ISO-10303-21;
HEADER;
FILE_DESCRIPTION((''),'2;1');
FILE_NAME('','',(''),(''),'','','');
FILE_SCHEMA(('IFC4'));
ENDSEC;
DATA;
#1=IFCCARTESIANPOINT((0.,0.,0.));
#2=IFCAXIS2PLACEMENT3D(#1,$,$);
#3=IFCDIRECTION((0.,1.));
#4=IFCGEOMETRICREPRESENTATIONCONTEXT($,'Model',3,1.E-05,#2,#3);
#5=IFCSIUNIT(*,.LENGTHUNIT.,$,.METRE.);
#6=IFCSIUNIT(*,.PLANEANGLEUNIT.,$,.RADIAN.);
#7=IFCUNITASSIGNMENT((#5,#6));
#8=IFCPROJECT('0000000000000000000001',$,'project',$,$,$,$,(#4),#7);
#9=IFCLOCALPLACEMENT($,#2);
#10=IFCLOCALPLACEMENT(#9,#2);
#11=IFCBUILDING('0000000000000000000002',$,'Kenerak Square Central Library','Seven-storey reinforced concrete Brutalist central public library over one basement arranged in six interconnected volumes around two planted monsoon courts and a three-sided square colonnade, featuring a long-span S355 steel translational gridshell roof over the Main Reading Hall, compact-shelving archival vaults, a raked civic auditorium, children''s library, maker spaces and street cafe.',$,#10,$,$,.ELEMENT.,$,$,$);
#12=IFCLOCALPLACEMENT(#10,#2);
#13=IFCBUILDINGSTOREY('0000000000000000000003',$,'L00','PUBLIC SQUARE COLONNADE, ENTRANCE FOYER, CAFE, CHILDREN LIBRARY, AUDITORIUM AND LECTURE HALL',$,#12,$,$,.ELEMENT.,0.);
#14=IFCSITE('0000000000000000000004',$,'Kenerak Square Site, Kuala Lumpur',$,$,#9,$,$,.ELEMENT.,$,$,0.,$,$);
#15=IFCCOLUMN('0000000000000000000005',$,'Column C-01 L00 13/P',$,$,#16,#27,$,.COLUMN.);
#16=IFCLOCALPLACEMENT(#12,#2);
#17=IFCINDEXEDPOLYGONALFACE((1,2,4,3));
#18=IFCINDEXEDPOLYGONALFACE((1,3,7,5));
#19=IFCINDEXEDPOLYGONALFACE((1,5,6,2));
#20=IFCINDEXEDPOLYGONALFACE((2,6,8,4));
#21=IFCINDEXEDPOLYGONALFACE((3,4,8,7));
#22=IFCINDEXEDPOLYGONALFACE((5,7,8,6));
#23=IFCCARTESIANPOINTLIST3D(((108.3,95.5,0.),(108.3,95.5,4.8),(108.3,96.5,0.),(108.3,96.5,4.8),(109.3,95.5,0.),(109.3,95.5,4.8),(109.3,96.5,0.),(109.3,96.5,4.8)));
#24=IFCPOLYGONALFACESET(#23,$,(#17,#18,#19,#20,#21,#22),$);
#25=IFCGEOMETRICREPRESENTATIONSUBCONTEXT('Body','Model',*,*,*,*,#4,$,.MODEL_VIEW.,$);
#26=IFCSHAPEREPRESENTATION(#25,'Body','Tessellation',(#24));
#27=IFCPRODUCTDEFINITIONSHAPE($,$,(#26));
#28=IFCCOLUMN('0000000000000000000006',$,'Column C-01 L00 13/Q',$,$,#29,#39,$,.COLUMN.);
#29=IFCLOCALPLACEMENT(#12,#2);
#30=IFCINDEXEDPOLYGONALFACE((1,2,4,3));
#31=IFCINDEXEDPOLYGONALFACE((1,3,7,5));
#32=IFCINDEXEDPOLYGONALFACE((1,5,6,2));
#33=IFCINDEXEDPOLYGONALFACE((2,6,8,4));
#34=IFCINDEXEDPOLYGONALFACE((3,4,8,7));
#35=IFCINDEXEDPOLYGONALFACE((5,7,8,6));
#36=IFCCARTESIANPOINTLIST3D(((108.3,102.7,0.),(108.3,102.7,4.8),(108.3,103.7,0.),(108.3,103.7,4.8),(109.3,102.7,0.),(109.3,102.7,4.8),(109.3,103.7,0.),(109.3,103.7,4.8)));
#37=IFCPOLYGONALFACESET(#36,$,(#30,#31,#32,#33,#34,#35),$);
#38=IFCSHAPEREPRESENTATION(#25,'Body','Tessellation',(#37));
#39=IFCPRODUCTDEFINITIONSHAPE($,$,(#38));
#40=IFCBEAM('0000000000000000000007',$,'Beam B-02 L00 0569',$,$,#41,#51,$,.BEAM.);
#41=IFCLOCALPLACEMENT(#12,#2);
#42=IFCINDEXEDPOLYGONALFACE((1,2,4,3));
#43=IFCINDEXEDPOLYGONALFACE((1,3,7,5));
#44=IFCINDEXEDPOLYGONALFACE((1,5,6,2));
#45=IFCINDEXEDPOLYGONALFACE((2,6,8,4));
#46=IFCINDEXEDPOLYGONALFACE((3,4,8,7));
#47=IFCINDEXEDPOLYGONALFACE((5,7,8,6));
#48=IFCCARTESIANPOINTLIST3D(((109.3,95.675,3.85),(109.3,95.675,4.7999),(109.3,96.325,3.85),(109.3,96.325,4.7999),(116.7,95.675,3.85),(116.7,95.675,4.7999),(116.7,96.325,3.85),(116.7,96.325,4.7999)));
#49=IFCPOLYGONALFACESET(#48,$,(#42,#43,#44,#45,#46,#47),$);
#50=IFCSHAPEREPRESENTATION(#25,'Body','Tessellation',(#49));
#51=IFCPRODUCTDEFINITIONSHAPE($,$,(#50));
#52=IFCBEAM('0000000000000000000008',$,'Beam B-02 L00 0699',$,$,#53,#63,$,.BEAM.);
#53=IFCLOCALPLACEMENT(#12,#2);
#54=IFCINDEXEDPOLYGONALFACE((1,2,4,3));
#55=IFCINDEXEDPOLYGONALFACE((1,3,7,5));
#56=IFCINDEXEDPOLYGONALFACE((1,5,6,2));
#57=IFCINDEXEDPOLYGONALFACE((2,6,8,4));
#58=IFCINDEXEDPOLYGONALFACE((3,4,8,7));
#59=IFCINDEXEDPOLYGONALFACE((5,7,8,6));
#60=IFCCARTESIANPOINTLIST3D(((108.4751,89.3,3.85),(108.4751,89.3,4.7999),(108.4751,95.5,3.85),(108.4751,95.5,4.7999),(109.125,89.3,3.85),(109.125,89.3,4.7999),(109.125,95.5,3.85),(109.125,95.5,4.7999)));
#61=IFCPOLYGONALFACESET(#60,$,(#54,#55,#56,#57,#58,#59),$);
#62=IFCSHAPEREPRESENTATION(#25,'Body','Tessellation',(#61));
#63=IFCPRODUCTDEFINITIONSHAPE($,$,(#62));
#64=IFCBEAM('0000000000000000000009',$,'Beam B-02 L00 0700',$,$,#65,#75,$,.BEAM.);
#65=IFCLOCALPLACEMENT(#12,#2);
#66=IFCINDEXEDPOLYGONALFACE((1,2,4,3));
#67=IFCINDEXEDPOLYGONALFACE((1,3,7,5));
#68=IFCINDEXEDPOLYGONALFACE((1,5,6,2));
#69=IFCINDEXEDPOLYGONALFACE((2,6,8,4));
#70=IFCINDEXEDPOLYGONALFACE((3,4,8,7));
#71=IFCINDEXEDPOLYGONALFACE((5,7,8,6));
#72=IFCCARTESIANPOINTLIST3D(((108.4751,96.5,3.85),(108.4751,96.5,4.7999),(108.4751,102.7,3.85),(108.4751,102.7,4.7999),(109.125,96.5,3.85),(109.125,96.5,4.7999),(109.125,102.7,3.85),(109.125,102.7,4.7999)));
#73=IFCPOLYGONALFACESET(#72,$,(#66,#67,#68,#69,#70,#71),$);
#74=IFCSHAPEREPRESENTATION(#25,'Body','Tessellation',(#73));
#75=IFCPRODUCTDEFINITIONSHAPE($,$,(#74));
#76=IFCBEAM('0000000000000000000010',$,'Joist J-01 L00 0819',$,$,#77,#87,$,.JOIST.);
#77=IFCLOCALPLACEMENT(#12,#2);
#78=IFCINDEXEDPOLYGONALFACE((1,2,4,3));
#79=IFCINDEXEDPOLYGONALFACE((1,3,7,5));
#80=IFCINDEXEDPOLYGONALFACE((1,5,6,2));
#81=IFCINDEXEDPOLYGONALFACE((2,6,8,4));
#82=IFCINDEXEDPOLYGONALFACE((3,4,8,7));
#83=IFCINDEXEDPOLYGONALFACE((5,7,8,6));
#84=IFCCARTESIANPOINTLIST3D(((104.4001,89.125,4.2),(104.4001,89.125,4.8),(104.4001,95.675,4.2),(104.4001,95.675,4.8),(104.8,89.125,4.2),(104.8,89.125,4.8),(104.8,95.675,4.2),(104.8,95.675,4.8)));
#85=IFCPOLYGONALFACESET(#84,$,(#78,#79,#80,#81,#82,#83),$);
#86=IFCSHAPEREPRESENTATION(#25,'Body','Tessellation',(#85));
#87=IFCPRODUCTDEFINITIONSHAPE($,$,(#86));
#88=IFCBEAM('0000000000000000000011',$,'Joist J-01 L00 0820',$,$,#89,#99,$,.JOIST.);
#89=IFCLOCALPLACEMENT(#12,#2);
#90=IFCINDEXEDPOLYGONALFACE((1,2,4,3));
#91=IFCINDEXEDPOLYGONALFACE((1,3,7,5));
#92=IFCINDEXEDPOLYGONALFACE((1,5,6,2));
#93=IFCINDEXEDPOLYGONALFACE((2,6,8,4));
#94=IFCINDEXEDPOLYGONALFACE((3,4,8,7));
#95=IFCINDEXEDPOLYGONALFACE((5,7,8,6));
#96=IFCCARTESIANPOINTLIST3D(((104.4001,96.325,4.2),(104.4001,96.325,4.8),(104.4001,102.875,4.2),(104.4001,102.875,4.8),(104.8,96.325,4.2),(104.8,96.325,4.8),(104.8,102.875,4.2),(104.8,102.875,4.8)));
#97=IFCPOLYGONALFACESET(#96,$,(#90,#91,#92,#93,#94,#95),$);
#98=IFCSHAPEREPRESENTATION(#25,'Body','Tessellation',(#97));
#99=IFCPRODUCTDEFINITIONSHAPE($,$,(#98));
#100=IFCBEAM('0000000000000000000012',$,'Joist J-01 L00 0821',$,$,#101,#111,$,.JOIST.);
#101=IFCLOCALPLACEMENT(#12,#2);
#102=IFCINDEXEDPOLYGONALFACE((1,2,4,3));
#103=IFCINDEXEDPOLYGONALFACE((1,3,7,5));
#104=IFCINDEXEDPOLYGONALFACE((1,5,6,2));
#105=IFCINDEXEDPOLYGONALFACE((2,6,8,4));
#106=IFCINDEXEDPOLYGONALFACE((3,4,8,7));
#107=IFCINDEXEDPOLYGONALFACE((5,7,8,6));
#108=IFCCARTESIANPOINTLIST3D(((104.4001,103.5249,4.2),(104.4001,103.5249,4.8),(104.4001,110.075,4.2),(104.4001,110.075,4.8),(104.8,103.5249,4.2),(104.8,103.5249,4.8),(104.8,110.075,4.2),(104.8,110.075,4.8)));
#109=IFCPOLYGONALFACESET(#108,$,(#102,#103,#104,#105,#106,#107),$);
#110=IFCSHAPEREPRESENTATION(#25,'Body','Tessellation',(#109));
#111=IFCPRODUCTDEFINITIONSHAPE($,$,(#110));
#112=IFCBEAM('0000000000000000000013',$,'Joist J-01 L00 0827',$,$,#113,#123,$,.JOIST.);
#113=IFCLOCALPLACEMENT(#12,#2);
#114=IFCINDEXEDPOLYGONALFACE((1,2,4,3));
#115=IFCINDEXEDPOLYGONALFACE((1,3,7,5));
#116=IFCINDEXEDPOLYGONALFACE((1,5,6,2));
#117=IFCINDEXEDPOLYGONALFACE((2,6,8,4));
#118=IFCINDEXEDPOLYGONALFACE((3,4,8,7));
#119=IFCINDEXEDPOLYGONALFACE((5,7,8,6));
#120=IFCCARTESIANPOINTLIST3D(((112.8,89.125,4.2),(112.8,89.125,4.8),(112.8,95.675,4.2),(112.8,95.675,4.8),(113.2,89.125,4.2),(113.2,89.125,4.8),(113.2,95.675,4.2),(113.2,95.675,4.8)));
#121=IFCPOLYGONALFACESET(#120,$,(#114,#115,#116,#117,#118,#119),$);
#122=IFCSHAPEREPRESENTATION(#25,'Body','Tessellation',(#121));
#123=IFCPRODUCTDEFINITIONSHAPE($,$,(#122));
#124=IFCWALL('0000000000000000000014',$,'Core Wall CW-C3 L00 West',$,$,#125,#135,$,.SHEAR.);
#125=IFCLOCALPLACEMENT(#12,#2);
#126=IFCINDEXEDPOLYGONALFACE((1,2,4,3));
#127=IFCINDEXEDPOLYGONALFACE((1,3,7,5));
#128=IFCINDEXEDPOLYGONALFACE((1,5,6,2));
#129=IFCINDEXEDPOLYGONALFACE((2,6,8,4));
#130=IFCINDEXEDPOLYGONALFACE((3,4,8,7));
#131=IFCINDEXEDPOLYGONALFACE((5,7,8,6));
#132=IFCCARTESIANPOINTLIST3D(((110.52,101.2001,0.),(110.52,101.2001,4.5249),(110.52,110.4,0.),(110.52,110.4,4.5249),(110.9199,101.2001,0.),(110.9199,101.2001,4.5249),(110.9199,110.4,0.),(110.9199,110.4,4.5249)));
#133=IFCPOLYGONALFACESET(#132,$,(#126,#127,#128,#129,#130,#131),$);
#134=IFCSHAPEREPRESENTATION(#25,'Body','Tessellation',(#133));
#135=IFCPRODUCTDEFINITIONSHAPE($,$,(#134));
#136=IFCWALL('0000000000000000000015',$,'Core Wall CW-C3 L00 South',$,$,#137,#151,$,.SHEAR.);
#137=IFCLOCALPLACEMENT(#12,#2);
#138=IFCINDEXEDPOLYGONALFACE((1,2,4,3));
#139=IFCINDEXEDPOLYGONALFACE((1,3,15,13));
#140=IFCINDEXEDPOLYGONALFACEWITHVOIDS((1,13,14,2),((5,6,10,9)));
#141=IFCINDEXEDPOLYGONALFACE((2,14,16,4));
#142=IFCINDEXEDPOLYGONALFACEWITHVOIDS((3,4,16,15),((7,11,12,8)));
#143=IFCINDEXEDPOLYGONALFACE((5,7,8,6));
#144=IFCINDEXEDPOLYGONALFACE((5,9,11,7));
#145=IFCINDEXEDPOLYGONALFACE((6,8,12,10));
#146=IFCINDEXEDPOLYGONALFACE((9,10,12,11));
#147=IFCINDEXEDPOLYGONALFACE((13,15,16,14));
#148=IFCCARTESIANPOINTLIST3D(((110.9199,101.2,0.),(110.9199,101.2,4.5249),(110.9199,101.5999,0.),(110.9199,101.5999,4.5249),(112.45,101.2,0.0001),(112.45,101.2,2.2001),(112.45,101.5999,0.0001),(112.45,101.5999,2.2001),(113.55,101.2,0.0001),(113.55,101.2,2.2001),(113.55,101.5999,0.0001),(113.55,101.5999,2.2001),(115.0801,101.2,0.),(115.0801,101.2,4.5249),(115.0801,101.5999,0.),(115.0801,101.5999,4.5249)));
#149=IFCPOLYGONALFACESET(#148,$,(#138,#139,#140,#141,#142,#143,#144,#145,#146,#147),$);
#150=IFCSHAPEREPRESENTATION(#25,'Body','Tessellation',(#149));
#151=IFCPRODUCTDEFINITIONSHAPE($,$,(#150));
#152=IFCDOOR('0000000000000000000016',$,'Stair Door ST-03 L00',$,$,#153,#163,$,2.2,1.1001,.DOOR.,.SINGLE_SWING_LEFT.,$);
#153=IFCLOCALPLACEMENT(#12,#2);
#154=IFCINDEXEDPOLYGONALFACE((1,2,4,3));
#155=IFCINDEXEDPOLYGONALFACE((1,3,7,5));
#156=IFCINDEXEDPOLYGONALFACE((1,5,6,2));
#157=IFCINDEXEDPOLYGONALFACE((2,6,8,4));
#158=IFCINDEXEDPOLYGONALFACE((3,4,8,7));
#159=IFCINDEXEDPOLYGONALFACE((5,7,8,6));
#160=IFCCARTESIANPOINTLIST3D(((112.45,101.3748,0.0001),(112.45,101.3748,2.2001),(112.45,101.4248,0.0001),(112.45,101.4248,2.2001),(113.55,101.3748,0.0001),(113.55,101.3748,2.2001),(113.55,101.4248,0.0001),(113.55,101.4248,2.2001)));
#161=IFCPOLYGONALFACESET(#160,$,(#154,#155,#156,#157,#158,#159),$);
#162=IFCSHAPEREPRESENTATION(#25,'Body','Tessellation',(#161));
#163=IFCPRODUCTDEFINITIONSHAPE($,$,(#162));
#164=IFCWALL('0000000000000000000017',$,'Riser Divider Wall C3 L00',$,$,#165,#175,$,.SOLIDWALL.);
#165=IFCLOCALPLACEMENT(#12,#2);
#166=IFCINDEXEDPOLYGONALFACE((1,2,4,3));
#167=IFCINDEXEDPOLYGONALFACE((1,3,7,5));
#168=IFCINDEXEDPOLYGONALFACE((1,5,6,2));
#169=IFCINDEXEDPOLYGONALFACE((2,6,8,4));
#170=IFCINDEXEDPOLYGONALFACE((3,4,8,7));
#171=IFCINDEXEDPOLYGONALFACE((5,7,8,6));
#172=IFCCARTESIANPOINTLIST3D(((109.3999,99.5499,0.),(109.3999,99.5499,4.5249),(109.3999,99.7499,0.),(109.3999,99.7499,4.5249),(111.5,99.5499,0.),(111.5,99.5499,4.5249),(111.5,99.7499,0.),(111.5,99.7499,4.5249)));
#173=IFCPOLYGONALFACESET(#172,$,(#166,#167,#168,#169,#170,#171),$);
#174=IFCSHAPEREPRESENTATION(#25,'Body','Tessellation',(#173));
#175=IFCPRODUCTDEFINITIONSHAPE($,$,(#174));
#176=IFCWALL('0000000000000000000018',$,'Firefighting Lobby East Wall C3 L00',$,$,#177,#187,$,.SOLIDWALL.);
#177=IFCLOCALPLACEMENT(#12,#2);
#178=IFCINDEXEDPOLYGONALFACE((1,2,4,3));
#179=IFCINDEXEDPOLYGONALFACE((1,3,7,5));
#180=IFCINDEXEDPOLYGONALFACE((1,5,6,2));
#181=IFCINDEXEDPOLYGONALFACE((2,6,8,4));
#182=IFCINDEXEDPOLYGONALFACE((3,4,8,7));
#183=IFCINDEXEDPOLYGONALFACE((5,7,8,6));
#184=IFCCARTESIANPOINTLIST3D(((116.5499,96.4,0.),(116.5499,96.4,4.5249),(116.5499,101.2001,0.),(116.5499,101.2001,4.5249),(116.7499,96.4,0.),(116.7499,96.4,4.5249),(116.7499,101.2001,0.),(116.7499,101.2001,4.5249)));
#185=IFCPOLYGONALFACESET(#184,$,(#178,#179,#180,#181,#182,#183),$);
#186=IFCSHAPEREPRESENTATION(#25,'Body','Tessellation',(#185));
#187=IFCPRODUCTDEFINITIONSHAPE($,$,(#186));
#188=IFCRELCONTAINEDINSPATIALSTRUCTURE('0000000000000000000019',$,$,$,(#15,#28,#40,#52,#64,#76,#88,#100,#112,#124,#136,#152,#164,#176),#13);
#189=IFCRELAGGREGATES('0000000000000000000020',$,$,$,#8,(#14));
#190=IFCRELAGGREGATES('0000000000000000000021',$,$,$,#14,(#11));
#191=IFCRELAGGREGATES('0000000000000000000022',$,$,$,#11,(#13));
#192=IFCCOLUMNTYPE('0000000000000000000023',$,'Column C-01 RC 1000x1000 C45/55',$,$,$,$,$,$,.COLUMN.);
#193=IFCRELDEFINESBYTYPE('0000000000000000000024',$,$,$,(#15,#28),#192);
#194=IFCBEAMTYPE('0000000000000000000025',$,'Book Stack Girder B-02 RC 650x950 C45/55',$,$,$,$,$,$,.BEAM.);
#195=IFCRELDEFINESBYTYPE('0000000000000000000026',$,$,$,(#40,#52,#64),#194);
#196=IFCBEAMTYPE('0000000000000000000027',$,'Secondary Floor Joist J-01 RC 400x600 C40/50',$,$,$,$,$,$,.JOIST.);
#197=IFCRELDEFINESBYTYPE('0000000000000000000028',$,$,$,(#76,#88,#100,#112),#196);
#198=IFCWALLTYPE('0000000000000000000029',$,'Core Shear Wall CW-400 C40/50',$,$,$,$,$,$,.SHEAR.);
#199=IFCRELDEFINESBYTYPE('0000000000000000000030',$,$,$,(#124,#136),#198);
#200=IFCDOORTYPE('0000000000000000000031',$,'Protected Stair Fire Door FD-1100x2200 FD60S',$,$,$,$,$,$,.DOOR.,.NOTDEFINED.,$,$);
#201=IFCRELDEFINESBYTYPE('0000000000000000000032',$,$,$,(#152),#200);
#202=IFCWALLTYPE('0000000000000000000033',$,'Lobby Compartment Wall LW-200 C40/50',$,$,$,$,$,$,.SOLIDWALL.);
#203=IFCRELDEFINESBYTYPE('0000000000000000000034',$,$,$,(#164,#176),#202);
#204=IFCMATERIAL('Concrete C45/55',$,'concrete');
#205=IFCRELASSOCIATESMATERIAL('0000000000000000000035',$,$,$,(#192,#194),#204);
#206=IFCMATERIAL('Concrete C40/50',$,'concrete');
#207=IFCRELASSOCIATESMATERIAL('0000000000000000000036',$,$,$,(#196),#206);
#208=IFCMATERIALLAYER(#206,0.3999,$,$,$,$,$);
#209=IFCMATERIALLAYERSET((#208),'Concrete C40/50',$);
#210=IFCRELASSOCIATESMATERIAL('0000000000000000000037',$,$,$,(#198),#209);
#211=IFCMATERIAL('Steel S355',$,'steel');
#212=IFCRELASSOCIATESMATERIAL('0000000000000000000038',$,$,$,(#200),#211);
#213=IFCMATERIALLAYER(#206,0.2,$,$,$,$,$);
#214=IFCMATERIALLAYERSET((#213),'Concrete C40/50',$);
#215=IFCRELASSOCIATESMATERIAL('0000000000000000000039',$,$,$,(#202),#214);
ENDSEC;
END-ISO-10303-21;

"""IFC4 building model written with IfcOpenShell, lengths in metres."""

from ifc_helpers import new_model, si_unit, direction, frame, frame_2d, origin, origin_2d, place, context, subcontext, project, spatial, rectangle, extrude, material, layer, layer_set, material_profile, profile_set, type_object, element, fill, save


model = new_model("IFC4")

# Units and contexts
model_context = context("Model", 3, precision=1e-05, world=origin(), true_north=direction((0.0, 1.0)))
body_context = subcontext(model_context, "Body", "Model", "MODEL_VIEW")
ifc_project = project(units=[si_unit("LENGTHUNIT", "METRE"), si_unit("PLANEANGLEUNIT", "RADIAN")], contexts=[model_context])

# Site, building, storey
site_placement = place(None, origin())
site = spatial("IfcSite", under=ifc_project, at=site_placement, Name="Kenerak Square Site, Kuala Lumpur", CompositionType="ELEMENT", RefElevation=0.0)
building_placement = place(site_placement, origin())
building = spatial("IfcBuilding", under=site, at=building_placement, Name="Kenerak Square Central Library", Description="Seven-storey reinforced concrete Brutalist central public library over one basement arranged in six interconnected volumes around two planted monsoon courts and a three-sided square colonnade, featuring a long-span S355 steel translational gridshell roof over the Main Reading Hall, compact-shelving archival vaults, a raked civic auditorium, children's library, maker spaces and street cafe.", CompositionType="ELEMENT")
storey_placement = place(building_placement, origin())
storey = spatial("IfcBuildingStorey", under=building, at=storey_placement, Name="L00", Description="PUBLIC SQUARE COLONNADE, ENTRANCE FOYER, CAFE, CHILDREN LIBRARY, AUDITORIUM AND LECTURE HALL", CompositionType="ELEMENT", Elevation=0.0)

# Columns
ifc_material_1 = material(Name="Concrete C45/55", Category="concrete")
ifc_material_profile_1 = material_profile(ifc_material_1, rectangle(XDim=1.0, YDim=1.0, at=origin_2d()), Name="RC 1000x1000")
ifc_profile_set_1 = profile_set([ifc_material_profile_1], Name="Concrete C45/55")
column_type = type_object("IfcColumnType", Name="Column C-01 RC 1000x1000 C45/55", PredefinedType="COLUMN", material=ifc_profile_set_1)
for number, where, z_axis, x_axis, name in (
    (1, (108.8, 96.0, 0.0), (0.0, 0.0, 1.0), (1.0, 0.0, 0.0), "Column C-01 L00 13/P"),
    (2, (108.8, 103.2, 0.0), (0.0, 0.0, 1.0), (1.0, 0.0, 0.0), "Column C-01 L00 13/Q"),
):
    element("IfcColumn", number, at=place(storey_placement, frame(where, z_axis=z_axis, x_axis=x_axis)), inside=storey, type_object=column_type, Name=name, PredefinedType="COLUMN", context=body_context, shape_type="SweptSolid", body=[
        extrude(rectangle(XDim=1.0, YDim=1.0, at=origin_2d()), origin(), (0.0, 0.0, 1.0), 4.8),
    ])

# Beams
ifc_material_profile_2 = material_profile(ifc_material_1, rectangle(XDim=0.6499, YDim=0.95, at=origin_2d()), Name="RC 650x950")
ifc_profile_set_2 = profile_set([ifc_material_profile_2], Name="Concrete C45/55")
beam_type_1 = type_object("IfcBeamType", Name="Book Stack Girder B-02 RC 650x950 C45/55", PredefinedType="BEAM", material=ifc_profile_set_2)
beam_placement = place(storey_placement, frame((109.3, 96.0, 4.325), z_axis=(1.0, 0.0, 0.0), x_axis=(0.0, 1.0, 0.0)))
element("IfcBeam", 3, at=beam_placement, inside=storey, type_object=beam_type_1, Name="Beam B-02 L00 0569", PredefinedType="BEAM", context=body_context, shape_type="SweptSolid", body=[
    extrude(rectangle(XDim=0.6499, YDim=0.95, at=origin_2d()), origin(), (0.0, 0.0, 1.0), 7.3999),
])
for number, where, z_axis, x_axis, name in (
    (4, (108.8, 89.3, 4.325), (0.0, 1.0, 0.0), (-1.0, 0.0, 0.0), "Beam B-02 L00 0699"),
    (5, (108.8, 96.5, 4.325), (0.0, 1.0, 0.0), (-1.0, 0.0, 0.0), "Beam B-02 L00 0700"),
):
    element("IfcBeam", number, at=place(storey_placement, frame(where, z_axis=z_axis, x_axis=x_axis)), inside=storey, type_object=beam_type_1, Name=name, PredefinedType="BEAM", context=body_context, shape_type="SweptSolid", body=[
        extrude(rectangle(XDim=0.6499, YDim=0.95, at=origin_2d()), origin(), (0.0, 0.0, 1.0), 6.2),
    ])
ifc_material_2 = material(Name="Concrete C40/50", Category="concrete")
ifc_material_profile_3 = material_profile(ifc_material_2, rectangle(XDim=0.3999, YDim=0.6001, at=origin_2d()), Name="RC 400x600")
ifc_profile_set_3 = profile_set([ifc_material_profile_3], Name="Concrete C40/50")
beam_type_2 = type_object("IfcBeamType", Name="Secondary Floor Joist J-01 RC 400x600 C40/50", PredefinedType="JOIST", material=ifc_profile_set_3)
for number, where, z_axis, x_axis, name in (
    (6, (104.6001, 89.125, 4.5), (0.0, 1.0, 0.0), (-1.0, 0.0, 0.0), "Joist J-01 L00 0819"),
    (7, (104.6001, 96.325, 4.5), (0.0, 1.0, 0.0), (-1.0, 0.0, 0.0), "Joist J-01 L00 0820"),
    (8, (104.6001, 103.5249, 4.5), (0.0, 1.0, 0.0), (-1.0, 0.0, 0.0), "Joist J-01 L00 0821"),
    (9, (113.0, 89.125, 4.5), (0.0, 1.0, 0.0), (-1.0, 0.0, 0.0), "Joist J-01 L00 0827"),
):
    element("IfcBeam", number, at=place(storey_placement, frame(where, z_axis=z_axis, x_axis=x_axis)), inside=storey, type_object=beam_type_2, Name=name, PredefinedType="JOIST", context=body_context, shape_type="SweptSolid", body=[
        extrude(rectangle(XDim=0.3999, YDim=0.6001, at=origin_2d()), origin(), (0.0, 0.0, 1.0), 6.55),
    ])

# Wall
ifc_layer_1 = layer(ifc_material_2, 0.3999)
ifc_layer_set_1 = layer_set([ifc_layer_1], Name="Concrete C40/50")
wall_type_1 = type_object("IfcWallType", Name="Core Shear Wall CW-400 C40/50", PredefinedType="SHEAR", material=ifc_layer_set_1)
wall_1_placement = place(storey_placement, frame((110.72, 101.2, 0.0), z_axis=(0.0, 0.0, 1.0), x_axis=(0.0, 1.0, 0.0)))
element("IfcWall", 10, at=wall_1_placement, inside=storey, type_object=wall_type_1, Name="Core Wall CW-C3 L00 West", PredefinedType="SHEAR", context=body_context, shape_type="SweptSolid", body=[
    extrude(rectangle(XDim=9.2, YDim=0.3999, at=frame_2d((4.6001, 0.0))), origin(), (0.0, 0.0, 1.0), 4.5249),
])

# Wall, opening, door
wall_2_placement = place(storey_placement, frame((115.0801, 101.3999, 0.0), z_axis=(0.0, 0.0, 1.0), x_axis=(-1.0, 0.0, 0.0)))
wall_2 = element("IfcWall", 11, at=wall_2_placement, inside=storey, type_object=wall_type_1, Name="Core Wall CW-C3 L00 South", PredefinedType="SHEAR", context=body_context, shape_type="SweptSolid", body=[
    extrude(rectangle(XDim=4.1602, YDim=0.3999, at=frame_2d((2.0801, 0.0))), origin(), (0.0, 0.0, 1.0), 4.5249),
])
opening_1_placement = place(wall_2_placement, frame((1.53, 0.0, 0.0)))
opening_1 = element("IfcOpeningElement", 12, at=opening_1_placement, cuts=wall_2, PredefinedType="OPENING", context=body_context, shape_type="SweptSolid", body=[
    extrude(rectangle(XDim=1.1001, YDim=2.2, at=frame_2d((0.55, 1.1001))), frame((0.0, 0.21, 0.0), z_axis=(0.0, -1.0, 0.0), x_axis=(1.0, 0.0, 0.0)), (0.0, 0.0, 1.0), 0.4199),
])
ifc_material_3 = material(Name="Steel S355", Category="steel")
door_type_1 = type_object("IfcDoorType", Name="Protected Stair Fire Door FD-1100x2200 FD60S", OperationType="NOTDEFINED", PredefinedType="DOOR", material=ifc_material_3)
door_1_placement = place(opening_1_placement, frame((1.1001, 0.0, 0.0), z_axis=(0.0, 0.0, 1.0), x_axis=(-1.0, 0.0, 0.0)))
door_1 = element("IfcDoor", 13, at=door_1_placement, inside=storey, type_object=door_type_1, Name="Stair Door ST-03 L00", OperationType="SINGLE_SWING_LEFT", OverallHeight=2.2, OverallWidth=1.1001, PredefinedType="DOOR", context=body_context, shape_type="SweptSolid", body=[
    extrude(rectangle(XDim=1.1001, YDim=2.2, at=frame_2d((0.55, 1.1001))), frame((0.0, 0.0249, 0.0), z_axis=(0.0, -1.0, 0.0), x_axis=(1.0, 0.0, 0.0)), (0.0, 0.0, 1.0), 0.05),
])
fill(opening_1, door_1)

# Walls
ifc_layer_2 = layer(ifc_material_2, 0.2)
ifc_layer_set_2 = layer_set([ifc_layer_2], Name="Concrete C40/50")
wall_type_2 = type_object("IfcWallType", Name="Lobby Compartment Wall LW-200 C40/50", PredefinedType="SOLIDWALL", material=ifc_layer_set_2)
wall_3_placement = place(storey_placement, frame((109.3999, 99.6499, 0.0), z_axis=(0.0, 0.0, 1.0), x_axis=(1.0, 0.0, 0.0)))
element("IfcWall", 14, at=wall_3_placement, inside=storey, type_object=wall_type_2, Name="Riser Divider Wall C3 L00", PredefinedType="SOLIDWALL", context=body_context, shape_type="SweptSolid", body=[
    extrude(rectangle(XDim=2.1001, YDim=0.2, at=frame_2d((1.05, 0.0))), origin(), (0.0, 0.0, 1.0), 4.5249),
])
wall_4_placement = place(storey_placement, frame((116.6499, 101.2, 0.0), z_axis=(0.0, 0.0, 1.0), x_axis=(0.0, -1.0, 0.0)))
element("IfcWall", 15, at=wall_4_placement, inside=storey, type_object=wall_type_2, Name="Firefighting Lobby East Wall C3 L00", PredefinedType="SOLIDWALL", context=body_context, shape_type="SweptSolid", body=[
    extrude(rectangle(XDim=4.8, YDim=0.2, at=frame_2d((2.3999, 0.0))), origin(), (0.0, 0.0, 1.0), 4.5249),
])

save(model, "model.ifc")
